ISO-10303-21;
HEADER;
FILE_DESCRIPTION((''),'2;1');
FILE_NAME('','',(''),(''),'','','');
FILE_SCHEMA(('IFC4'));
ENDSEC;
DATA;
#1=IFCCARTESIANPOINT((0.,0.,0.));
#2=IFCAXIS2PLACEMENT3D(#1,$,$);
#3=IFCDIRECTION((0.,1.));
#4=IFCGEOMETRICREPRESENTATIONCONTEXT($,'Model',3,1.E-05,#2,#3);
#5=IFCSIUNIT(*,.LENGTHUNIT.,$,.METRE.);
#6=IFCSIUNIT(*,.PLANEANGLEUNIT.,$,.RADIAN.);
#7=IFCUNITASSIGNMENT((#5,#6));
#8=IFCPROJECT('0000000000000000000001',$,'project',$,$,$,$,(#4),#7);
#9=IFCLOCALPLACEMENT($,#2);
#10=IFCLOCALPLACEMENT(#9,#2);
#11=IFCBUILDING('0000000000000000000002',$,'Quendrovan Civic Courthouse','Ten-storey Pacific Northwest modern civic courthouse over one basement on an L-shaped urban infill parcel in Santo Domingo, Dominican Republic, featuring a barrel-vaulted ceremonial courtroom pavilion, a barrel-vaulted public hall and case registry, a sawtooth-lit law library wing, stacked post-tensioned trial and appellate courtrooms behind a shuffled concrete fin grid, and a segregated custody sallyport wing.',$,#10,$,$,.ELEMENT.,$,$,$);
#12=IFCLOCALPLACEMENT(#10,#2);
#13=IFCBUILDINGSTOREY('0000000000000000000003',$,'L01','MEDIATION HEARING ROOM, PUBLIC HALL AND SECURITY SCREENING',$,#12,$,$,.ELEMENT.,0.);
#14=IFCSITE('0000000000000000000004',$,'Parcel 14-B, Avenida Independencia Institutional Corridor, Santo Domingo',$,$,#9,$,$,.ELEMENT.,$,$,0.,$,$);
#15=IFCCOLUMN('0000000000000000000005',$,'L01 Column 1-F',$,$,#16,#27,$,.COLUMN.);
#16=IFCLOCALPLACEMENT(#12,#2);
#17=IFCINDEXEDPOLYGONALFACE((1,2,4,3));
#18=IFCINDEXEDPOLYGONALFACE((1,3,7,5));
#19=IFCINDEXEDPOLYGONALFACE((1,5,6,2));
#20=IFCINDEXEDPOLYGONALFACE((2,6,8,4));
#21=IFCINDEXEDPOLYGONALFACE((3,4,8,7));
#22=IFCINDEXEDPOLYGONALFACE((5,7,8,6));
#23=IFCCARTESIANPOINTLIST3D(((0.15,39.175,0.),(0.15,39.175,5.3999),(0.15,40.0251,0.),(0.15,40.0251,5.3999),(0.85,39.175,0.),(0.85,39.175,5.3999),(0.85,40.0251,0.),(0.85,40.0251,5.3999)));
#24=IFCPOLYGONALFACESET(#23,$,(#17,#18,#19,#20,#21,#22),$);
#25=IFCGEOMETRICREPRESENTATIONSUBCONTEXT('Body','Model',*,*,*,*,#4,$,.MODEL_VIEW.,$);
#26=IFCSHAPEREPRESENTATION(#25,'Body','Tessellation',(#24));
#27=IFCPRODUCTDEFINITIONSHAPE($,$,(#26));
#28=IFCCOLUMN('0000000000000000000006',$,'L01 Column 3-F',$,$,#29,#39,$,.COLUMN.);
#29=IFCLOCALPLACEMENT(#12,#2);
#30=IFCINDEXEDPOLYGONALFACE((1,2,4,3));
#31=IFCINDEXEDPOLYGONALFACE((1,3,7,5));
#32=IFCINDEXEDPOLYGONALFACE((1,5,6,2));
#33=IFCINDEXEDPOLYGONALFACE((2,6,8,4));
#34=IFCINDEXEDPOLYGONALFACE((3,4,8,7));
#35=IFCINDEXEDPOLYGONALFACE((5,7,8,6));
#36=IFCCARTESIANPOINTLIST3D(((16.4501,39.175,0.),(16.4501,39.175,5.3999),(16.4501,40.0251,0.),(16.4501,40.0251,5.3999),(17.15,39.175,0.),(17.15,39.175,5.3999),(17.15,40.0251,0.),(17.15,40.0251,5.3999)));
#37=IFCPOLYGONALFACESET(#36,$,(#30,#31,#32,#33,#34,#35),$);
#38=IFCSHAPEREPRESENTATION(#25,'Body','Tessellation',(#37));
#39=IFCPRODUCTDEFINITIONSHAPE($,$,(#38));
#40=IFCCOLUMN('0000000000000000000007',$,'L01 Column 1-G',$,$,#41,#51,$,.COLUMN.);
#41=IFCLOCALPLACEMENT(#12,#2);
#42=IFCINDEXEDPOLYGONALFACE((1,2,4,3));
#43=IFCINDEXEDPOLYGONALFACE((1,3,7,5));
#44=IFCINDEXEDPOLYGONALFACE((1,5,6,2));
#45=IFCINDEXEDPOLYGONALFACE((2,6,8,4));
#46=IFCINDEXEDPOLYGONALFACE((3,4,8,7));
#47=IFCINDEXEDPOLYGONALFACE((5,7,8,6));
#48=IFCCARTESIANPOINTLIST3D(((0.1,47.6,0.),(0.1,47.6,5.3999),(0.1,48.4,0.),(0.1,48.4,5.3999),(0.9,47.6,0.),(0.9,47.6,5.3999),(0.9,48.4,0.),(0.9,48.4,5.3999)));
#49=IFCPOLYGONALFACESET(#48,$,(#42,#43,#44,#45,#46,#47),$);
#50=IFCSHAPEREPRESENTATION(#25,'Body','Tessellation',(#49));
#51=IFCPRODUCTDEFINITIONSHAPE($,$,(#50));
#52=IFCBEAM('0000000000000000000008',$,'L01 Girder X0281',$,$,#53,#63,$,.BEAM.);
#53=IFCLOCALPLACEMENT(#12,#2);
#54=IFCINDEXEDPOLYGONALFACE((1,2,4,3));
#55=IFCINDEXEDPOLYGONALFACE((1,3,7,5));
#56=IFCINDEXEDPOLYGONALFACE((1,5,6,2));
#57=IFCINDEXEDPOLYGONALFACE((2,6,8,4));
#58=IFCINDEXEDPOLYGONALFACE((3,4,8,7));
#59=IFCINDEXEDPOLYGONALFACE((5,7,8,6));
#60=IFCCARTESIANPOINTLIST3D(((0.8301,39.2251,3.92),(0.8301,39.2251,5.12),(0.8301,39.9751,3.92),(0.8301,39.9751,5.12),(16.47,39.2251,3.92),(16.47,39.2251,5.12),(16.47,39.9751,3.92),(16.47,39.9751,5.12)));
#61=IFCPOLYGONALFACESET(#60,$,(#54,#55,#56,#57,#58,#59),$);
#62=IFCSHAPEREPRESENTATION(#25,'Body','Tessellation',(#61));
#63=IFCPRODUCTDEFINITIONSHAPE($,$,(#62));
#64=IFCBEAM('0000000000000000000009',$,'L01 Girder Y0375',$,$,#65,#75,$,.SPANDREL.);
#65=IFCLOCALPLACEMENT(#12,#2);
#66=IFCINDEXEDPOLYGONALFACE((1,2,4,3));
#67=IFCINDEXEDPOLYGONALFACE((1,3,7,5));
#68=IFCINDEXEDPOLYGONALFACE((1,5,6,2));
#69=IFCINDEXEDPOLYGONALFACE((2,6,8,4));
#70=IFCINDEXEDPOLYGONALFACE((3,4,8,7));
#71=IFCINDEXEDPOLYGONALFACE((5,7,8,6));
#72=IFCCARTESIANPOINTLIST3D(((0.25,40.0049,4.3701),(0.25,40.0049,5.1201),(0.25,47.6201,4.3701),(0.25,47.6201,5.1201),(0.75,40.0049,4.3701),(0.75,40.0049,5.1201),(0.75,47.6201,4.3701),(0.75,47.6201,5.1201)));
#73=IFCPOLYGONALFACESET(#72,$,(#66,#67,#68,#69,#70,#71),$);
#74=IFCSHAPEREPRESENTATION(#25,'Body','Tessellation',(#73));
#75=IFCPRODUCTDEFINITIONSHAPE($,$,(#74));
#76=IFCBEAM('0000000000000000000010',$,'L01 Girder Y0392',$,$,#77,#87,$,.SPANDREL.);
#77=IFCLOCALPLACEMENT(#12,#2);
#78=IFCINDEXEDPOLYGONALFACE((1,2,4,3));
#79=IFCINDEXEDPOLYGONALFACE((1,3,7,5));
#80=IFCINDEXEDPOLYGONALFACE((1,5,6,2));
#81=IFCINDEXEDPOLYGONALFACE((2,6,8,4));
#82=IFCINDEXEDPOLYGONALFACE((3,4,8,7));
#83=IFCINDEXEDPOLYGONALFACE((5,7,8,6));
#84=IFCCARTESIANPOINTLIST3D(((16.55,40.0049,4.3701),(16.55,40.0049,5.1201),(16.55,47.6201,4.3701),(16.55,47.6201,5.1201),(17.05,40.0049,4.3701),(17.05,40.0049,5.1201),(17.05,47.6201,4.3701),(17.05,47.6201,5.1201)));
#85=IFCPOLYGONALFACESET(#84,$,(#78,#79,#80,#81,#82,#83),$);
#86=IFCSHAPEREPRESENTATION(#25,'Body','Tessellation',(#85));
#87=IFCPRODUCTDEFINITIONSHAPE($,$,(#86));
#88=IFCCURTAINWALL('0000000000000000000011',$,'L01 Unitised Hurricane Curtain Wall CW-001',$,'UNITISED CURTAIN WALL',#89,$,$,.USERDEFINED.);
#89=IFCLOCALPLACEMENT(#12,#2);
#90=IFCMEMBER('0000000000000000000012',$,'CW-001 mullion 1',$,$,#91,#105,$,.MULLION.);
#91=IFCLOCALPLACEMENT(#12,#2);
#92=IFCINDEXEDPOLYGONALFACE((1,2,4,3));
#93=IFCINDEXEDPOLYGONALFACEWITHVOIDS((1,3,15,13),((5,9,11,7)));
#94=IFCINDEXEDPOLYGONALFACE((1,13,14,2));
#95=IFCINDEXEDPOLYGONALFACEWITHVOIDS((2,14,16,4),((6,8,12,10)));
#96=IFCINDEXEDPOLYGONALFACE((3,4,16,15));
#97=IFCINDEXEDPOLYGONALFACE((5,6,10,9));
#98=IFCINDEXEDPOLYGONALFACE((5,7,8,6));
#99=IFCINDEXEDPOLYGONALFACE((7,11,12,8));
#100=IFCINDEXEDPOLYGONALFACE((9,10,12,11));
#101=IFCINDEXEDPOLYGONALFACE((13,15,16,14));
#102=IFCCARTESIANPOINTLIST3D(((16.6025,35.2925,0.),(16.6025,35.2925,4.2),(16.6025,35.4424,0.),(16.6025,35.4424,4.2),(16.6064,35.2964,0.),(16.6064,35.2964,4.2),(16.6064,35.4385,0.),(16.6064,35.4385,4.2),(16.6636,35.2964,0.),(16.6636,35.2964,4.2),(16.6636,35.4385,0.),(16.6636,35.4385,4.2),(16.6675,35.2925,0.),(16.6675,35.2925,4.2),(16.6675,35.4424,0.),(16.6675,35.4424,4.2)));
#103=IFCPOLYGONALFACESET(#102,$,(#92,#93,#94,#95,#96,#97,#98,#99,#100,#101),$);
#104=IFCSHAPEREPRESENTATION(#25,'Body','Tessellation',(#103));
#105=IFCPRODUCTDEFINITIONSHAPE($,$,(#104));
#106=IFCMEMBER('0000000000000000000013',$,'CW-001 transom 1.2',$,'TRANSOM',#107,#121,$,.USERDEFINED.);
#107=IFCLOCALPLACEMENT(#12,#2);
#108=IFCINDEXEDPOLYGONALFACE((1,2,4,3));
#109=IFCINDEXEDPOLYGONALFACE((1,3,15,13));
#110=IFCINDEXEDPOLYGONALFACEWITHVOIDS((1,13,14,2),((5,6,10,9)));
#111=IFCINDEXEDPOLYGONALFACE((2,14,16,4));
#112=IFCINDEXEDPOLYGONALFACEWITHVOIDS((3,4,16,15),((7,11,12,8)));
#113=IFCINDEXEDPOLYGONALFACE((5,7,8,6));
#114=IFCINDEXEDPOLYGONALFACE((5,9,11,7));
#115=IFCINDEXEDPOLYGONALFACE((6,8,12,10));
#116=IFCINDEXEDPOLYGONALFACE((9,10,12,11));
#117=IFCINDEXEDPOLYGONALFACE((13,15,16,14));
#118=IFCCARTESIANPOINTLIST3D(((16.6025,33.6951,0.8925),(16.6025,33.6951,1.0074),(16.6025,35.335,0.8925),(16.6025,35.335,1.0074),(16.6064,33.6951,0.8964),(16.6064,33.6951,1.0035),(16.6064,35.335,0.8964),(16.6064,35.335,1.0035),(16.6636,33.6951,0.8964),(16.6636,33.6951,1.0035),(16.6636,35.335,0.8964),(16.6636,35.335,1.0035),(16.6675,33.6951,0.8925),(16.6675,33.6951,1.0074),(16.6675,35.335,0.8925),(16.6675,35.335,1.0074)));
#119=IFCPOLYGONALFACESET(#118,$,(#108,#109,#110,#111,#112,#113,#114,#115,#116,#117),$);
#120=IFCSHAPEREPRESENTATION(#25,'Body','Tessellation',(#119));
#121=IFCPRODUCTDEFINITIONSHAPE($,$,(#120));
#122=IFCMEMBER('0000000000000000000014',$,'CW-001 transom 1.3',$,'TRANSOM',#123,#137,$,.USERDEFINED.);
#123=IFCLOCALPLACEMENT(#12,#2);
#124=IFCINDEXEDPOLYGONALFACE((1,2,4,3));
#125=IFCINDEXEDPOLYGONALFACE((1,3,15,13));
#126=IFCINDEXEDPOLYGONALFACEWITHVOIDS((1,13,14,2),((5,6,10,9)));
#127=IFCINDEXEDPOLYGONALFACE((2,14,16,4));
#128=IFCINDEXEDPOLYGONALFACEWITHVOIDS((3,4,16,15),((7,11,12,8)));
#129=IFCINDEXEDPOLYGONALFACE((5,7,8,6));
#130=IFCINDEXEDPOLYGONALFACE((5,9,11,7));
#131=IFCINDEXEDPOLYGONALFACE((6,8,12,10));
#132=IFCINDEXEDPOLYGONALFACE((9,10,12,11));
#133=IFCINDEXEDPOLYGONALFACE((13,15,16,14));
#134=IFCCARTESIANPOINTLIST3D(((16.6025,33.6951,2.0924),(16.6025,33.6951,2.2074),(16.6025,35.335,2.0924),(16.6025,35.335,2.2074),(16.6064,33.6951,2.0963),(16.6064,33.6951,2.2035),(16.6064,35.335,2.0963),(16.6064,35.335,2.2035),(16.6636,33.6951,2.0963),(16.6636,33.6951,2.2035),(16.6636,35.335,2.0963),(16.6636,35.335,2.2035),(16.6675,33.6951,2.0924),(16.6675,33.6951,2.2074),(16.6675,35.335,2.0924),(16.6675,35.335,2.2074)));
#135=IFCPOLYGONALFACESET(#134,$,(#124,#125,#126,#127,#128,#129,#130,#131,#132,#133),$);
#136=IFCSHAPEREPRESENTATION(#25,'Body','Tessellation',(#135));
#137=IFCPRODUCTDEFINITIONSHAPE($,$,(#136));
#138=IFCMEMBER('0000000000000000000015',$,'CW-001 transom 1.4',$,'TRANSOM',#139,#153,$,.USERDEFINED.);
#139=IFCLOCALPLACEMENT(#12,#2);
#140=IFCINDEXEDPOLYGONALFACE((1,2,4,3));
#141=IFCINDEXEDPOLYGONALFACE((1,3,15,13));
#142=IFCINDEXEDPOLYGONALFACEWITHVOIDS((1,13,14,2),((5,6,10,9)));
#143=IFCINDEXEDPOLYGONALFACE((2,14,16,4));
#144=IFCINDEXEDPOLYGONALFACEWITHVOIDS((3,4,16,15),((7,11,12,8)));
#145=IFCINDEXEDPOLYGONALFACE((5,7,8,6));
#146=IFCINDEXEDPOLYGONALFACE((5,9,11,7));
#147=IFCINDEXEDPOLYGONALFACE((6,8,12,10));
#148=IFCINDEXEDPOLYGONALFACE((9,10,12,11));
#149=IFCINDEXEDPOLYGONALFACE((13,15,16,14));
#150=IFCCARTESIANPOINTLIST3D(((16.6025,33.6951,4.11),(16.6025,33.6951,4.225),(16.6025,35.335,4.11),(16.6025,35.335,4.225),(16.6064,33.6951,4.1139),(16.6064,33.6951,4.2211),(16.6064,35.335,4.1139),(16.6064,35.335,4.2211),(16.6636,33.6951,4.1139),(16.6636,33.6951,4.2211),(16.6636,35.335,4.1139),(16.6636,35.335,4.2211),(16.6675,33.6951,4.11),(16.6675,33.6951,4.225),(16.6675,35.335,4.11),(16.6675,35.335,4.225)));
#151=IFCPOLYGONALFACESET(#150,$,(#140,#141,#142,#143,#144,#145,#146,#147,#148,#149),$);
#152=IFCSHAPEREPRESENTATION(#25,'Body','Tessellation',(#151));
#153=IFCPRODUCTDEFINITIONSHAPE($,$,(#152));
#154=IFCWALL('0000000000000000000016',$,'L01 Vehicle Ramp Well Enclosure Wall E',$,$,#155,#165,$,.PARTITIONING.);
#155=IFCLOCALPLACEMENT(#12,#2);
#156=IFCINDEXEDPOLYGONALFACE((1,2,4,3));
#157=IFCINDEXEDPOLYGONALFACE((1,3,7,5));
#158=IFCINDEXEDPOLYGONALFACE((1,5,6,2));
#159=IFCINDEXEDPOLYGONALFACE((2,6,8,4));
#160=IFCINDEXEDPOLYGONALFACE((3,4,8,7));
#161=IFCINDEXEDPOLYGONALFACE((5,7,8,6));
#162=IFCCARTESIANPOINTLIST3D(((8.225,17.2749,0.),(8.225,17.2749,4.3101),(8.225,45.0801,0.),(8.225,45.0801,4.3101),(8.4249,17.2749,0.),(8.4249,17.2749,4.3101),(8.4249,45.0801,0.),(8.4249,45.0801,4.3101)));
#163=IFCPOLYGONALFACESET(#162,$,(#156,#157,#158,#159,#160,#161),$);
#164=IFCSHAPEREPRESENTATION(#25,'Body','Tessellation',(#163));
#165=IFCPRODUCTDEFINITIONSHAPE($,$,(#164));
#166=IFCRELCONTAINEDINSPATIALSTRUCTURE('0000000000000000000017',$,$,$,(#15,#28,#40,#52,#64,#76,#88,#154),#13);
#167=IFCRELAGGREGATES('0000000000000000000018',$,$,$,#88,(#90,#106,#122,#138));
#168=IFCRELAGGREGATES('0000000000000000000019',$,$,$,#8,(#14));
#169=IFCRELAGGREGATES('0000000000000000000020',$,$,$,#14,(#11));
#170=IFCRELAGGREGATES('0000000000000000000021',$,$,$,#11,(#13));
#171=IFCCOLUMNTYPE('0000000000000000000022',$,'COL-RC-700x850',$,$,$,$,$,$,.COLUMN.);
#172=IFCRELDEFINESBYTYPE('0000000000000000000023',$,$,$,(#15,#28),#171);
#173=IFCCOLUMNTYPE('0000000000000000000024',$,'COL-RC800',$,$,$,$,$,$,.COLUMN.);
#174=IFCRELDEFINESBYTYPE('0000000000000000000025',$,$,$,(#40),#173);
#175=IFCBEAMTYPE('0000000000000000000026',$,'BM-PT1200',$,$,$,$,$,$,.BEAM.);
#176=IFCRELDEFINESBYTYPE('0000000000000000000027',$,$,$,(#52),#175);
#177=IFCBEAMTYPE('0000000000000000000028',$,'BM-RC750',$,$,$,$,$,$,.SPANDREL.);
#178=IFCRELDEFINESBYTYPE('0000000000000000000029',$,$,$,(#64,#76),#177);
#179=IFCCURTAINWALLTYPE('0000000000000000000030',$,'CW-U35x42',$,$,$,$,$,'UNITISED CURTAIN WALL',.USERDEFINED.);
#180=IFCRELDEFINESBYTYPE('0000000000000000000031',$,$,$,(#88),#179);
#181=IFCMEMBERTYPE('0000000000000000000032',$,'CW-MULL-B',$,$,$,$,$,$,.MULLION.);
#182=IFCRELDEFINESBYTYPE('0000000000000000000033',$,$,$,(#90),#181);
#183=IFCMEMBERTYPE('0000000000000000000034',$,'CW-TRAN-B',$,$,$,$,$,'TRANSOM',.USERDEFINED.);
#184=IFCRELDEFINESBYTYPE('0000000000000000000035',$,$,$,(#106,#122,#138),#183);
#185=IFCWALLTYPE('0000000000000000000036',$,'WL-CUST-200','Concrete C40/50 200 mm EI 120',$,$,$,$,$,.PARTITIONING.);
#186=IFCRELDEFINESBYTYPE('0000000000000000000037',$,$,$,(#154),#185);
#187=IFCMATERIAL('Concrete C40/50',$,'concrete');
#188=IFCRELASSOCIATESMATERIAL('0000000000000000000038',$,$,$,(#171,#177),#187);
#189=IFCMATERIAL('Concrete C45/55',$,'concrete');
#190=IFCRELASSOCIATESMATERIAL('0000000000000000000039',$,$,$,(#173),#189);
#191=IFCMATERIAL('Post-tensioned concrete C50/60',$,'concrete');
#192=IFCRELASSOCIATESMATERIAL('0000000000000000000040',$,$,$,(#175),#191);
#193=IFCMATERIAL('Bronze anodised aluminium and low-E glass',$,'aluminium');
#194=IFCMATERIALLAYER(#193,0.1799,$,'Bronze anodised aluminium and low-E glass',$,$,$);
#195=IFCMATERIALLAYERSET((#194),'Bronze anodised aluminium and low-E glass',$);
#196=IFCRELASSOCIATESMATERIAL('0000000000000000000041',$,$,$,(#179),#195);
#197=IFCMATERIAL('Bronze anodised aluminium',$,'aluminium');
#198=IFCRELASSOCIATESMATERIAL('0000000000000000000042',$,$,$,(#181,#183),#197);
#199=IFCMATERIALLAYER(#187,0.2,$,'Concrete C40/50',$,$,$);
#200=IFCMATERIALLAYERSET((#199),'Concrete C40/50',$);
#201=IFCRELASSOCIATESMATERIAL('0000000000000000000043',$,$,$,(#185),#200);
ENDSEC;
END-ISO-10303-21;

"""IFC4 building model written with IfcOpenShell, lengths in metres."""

from ifc_helpers import new_model, si_unit, direction, frame, frame_2d, origin, origin_2d, place, context, subcontext, project, spatial, rectangle, hollow_rectangle, extrude, material, layer, layer_set, material_profile, profile_set, type_object, element, aggregate, save


model = new_model("IFC4")

# Units and contexts
model_context = context("Model", 3, precision=1e-05, world=origin(), true_north=direction((0.0, 1.0)))
body_context = subcontext(model_context, "Body", "Model", "MODEL_VIEW")
ifc_project = project(units=[si_unit("LENGTHUNIT", "METRE"), si_unit("PLANEANGLEUNIT", "RADIAN")], contexts=[model_context])

# Site, building, storey
site_placement = place(None, origin())
site = spatial("IfcSite", under=ifc_project, at=site_placement, Name="Parcel 14-B, Avenida Independencia Institutional Corridor, Santo Domingo", CompositionType="ELEMENT", RefElevation=0.0)
building_placement = place(site_placement, origin())
building = spatial("IfcBuilding", under=site, at=building_placement, Name="Quendrovan Civic Courthouse", Description="Ten-storey Pacific Northwest modern civic courthouse over one basement on an L-shaped urban infill parcel in Santo Domingo, Dominican Republic, featuring a barrel-vaulted ceremonial courtroom pavilion, a barrel-vaulted public hall and case registry, a sawtooth-lit law library wing, stacked post-tensioned trial and appellate courtrooms behind a shuffled concrete fin grid, and a segregated custody sallyport wing.", CompositionType="ELEMENT")
storey_placement = place(building_placement, origin())
storey = spatial("IfcBuildingStorey", under=building, at=storey_placement, Name="L01", Description="MEDIATION HEARING ROOM, PUBLIC HALL AND SECURITY SCREENING", CompositionType="ELEMENT", Elevation=0.0)

# Columns
ifc_material_1 = material(Name="Concrete C40/50", Category="concrete")
ifc_material_profile_1 = material_profile(ifc_material_1, rectangle(XDim=0.7, YDim=0.8501, at=origin_2d()), Name="RC-COL-700x850")
ifc_profile_set_1 = profile_set([ifc_material_profile_1], Name="Concrete C40/50")
column_type_1 = type_object("IfcColumnType", Name="COL-RC-700x850", PredefinedType="COLUMN", material=ifc_profile_set_1)
for number, where, z_axis, x_axis, name in (
    (1, (0.5, 39.6001, 0.0), (0.0, 0.0, 1.0), (1.0, 0.0, 0.0), "L01 Column 1-F"),
    (2, (16.8, 39.6001, 0.0), (0.0, 0.0, 1.0), (1.0, 0.0, 0.0), "L01 Column 3-F"),
):
    element("IfcColumn", number, at=place(storey_placement, frame(where, z_axis=z_axis, x_axis=x_axis)), inside=storey, type_object=column_type_1, Name=name, PredefinedType="COLUMN", context=body_context, shape_type="SweptSolid", body=[
        extrude(rectangle(XDim=0.7, YDim=0.8501, at=origin_2d()), origin(), (0.0, 0.0, 1.0), 5.3999),
    ])
ifc_material_2 = material(Name="Concrete C45/55", Category="concrete")
ifc_material_profile_2 = material_profile(ifc_material_2, rectangle(XDim=0.8, YDim=0.8, at=origin_2d()), Name="RC-COL-800x800")
ifc_profile_set_2 = profile_set([ifc_material_profile_2], Name="Concrete C45/55")
column_type_2 = type_object("IfcColumnType", Name="COL-RC800", PredefinedType="COLUMN", material=ifc_profile_set_2)
column_placement = place(storey_placement, frame((0.5, 48.0, 0.0), z_axis=(0.0, 0.0, 1.0), x_axis=(1.0, 0.0, 0.0)))
element("IfcColumn", 3, at=column_placement, inside=storey, type_object=column_type_2, Name="L01 Column 1-G", PredefinedType="COLUMN", context=body_context, shape_type="SweptSolid", body=[
    extrude(rectangle(XDim=0.8, YDim=0.8, at=origin_2d()), origin(), (0.0, 0.0, 1.0), 5.3999),
])

# Beams
ifc_material_3 = material(Name="Post-tensioned concrete C50/60", Category="concrete")
ifc_material_profile_3 = material_profile(ifc_material_3, rectangle(XDim=0.75, YDim=1.2, at=origin_2d()), Name="PT-GIRD-750x1200")
ifc_profile_set_3 = profile_set([ifc_material_profile_3], Name="Post-tensioned concrete C50/60")
beam_type_1 = type_object("IfcBeamType", Name="BM-PT1200", PredefinedType="BEAM", material=ifc_profile_set_3)
beam_placement = place(storey_placement, frame((0.8301, 39.6001, 4.52), z_axis=(1.0, 0.0, 0.0), x_axis=(0.0, 1.0, 0.0)))
element("IfcBeam", 4, at=beam_placement, inside=storey, type_object=beam_type_1, Name="L01 Girder X0281", PredefinedType="BEAM", context=body_context, shape_type="SweptSolid", body=[
    extrude(rectangle(XDim=0.75, YDim=1.2, at=origin_2d()), origin(), (0.0, 0.0, 1.0), 15.6399),
])
ifc_material_profile_4 = material_profile(ifc_material_1, rectangle(XDim=0.5, YDim=0.75, at=origin_2d()), Name="RC-BM-500x750")
ifc_profile_set_4 = profile_set([ifc_material_profile_4], Name="Concrete C40/50")
beam_type_2 = type_object("IfcBeamType", Name="BM-RC750", PredefinedType="SPANDREL", material=ifc_profile_set_4)
for number, where, z_axis, x_axis, name in (
    (5, (0.5, 40.0049, 4.7451), (0.0, 1.0, 0.0), (-1.0, 0.0, 0.0), "L01 Girder Y0375"),
    (6, (16.8, 40.0049, 4.7451), (0.0, 1.0, 0.0), (-1.0, 0.0, 0.0), "L01 Girder Y0392"),
):
    element("IfcBeam", number, at=place(storey_placement, frame(where, z_axis=z_axis, x_axis=x_axis)), inside=storey, type_object=beam_type_2, Name=name, PredefinedType="SPANDREL", context=body_context, shape_type="SweptSolid", body=[
        extrude(rectangle(XDim=0.5, YDim=0.75, at=origin_2d()), origin(), (0.0, 0.0, 1.0), 7.6152),
    ])

# Curtain wall, members
ifc_material_4 = material(Name="Bronze anodised aluminium and low-E glass", Category="aluminium")
ifc_layer_1 = layer(ifc_material_4, 0.1799, Name="Bronze anodised aluminium and low-E glass")
ifc_layer_set_1 = layer_set([ifc_layer_1], Name="Bronze anodised aluminium and low-E glass")
curtain_wall_type = type_object("IfcCurtainWallType", Name="CW-U35x42", ElementType="UNITISED CURTAIN WALL", PredefinedType="USERDEFINED", material=ifc_layer_set_1)
curtain_wall_placement = place(storey_placement, origin())
curtain_wall = element("IfcCurtainWall", 7, at=curtain_wall_placement, inside=storey, type_object=curtain_wall_type, Name="L01 Unitised Hurricane Curtain Wall CW-001", ObjectType="UNITISED CURTAIN WALL", PredefinedType="USERDEFINED")
ifc_material_5 = material(Name="Bronze anodised aluminium", Category="aluminium")
ifc_material_profile_5 = material_profile(ifc_material_5, hollow_rectangle(XDim=0.0649, YDim=0.1499, WallThickness=0.0039, at=origin_2d()), Name="CW-MULL-65x150")
ifc_profile_set_5 = profile_set([ifc_material_profile_5], Name="Bronze anodised aluminium")
member_type_1 = type_object("IfcMemberType", Name="CW-MULL-B", PredefinedType="MULLION", material=ifc_profile_set_5)
member_1_placement = place(storey_placement, frame((16.635, 35.3674, 0.0), z_axis=(0.0, 0.0, 1.0), x_axis=(1.0, 0.0, 0.0)))
member_1 = element("IfcMember", 8, at=member_1_placement, type_object=member_type_1, Name="CW-001 mullion 1", PredefinedType="MULLION", context=body_context, shape_type="SweptSolid", body=[
    extrude(hollow_rectangle(XDim=0.0649, YDim=0.1499, WallThickness=0.0039, at=origin_2d()), origin(), (0.0, 0.0, 1.0), 4.2),
])
ifc_material_profile_6 = material_profile(ifc_material_5, hollow_rectangle(XDim=0.0649, YDim=0.115, WallThickness=0.0039, at=origin_2d()), Name="CW-TRAN-65x115")
ifc_profile_set_6 = profile_set([ifc_material_profile_6], Name="Bronze anodised aluminium")
member_type_2 = type_object("IfcMemberType", Name="CW-TRAN-B", ElementType="TRANSOM", PredefinedType="USERDEFINED", material=ifc_profile_set_6)
member_2_placement = place(storey_placement, frame((16.635, 35.335, 0.95), z_axis=(0.0, -1.0, 0.0), x_axis=(1.0, 0.0, 0.0)))
member_2 = element("IfcMember", 9, at=member_2_placement, type_object=member_type_2, Name="CW-001 transom 1.2", ObjectType="TRANSOM", PredefinedType="USERDEFINED", context=body_context, shape_type="SweptSolid", body=[
    extrude(hollow_rectangle(XDim=0.0649, YDim=0.115, WallThickness=0.0039, at=origin_2d()), origin(), (0.0, 0.0, 1.0), 1.6399),
])
member_3_placement = place(storey_placement, frame((16.635, 35.335, 2.1499), z_axis=(0.0, -1.0, 0.0), x_axis=(1.0, 0.0, 0.0)))
member_3 = element("IfcMember", 10, at=member_3_placement, type_object=member_type_2, Name="CW-001 transom 1.3", ObjectType="TRANSOM", PredefinedType="USERDEFINED", context=body_context, shape_type="SweptSolid", body=[
    extrude(hollow_rectangle(XDim=0.0649, YDim=0.115, WallThickness=0.0039, at=origin_2d()), origin(), (0.0, 0.0, 1.0), 1.6399),
])
member_4_placement = place(storey_placement, frame((16.635, 35.335, 4.1675), z_axis=(0.0, -1.0, 0.0), x_axis=(1.0, 0.0, 0.0)))
member_4 = element("IfcMember", 11, at=member_4_placement, type_object=member_type_2, Name="CW-001 transom 1.4", ObjectType="TRANSOM", PredefinedType="USERDEFINED", context=body_context, shape_type="SweptSolid", body=[
    extrude(hollow_rectangle(XDim=0.0649, YDim=0.115, WallThickness=0.0039, at=origin_2d()), origin(), (0.0, 0.0, 1.0), 1.6399),
])
aggregate(curtain_wall, [member_1, member_2, member_3, member_4])

# Wall
ifc_layer_2 = layer(ifc_material_1, 0.2, Name="Concrete C40/50")
ifc_layer_set_2 = layer_set([ifc_layer_2], Name="Concrete C40/50")
wall_type_1 = type_object("IfcWallType", Name="WL-CUST-200", Description="Concrete C40/50 200 mm EI 120", PredefinedType="PARTITIONING", material=ifc_layer_set_2)
wall_1_placement = place(storey_placement, frame((8.325, 45.0801, 0.0), z_axis=(0.0, 0.0, 1.0), x_axis=(0.0, -1.0, 0.0)))
element("IfcWall", 12, at=wall_1_placement, inside=storey, type_object=wall_type_1, Name="L01 Vehicle Ramp Well Enclosure Wall E", PredefinedType="PARTITIONING", context=body_context, shape_type="SweptSolid", body=[
    extrude(rectangle(XDim=27.8052, YDim=0.2, at=frame_2d((13.9026, 0.0))), origin(), (0.0, 0.0, 1.0), 4.3101),
])

save(model, "model.ifc")
